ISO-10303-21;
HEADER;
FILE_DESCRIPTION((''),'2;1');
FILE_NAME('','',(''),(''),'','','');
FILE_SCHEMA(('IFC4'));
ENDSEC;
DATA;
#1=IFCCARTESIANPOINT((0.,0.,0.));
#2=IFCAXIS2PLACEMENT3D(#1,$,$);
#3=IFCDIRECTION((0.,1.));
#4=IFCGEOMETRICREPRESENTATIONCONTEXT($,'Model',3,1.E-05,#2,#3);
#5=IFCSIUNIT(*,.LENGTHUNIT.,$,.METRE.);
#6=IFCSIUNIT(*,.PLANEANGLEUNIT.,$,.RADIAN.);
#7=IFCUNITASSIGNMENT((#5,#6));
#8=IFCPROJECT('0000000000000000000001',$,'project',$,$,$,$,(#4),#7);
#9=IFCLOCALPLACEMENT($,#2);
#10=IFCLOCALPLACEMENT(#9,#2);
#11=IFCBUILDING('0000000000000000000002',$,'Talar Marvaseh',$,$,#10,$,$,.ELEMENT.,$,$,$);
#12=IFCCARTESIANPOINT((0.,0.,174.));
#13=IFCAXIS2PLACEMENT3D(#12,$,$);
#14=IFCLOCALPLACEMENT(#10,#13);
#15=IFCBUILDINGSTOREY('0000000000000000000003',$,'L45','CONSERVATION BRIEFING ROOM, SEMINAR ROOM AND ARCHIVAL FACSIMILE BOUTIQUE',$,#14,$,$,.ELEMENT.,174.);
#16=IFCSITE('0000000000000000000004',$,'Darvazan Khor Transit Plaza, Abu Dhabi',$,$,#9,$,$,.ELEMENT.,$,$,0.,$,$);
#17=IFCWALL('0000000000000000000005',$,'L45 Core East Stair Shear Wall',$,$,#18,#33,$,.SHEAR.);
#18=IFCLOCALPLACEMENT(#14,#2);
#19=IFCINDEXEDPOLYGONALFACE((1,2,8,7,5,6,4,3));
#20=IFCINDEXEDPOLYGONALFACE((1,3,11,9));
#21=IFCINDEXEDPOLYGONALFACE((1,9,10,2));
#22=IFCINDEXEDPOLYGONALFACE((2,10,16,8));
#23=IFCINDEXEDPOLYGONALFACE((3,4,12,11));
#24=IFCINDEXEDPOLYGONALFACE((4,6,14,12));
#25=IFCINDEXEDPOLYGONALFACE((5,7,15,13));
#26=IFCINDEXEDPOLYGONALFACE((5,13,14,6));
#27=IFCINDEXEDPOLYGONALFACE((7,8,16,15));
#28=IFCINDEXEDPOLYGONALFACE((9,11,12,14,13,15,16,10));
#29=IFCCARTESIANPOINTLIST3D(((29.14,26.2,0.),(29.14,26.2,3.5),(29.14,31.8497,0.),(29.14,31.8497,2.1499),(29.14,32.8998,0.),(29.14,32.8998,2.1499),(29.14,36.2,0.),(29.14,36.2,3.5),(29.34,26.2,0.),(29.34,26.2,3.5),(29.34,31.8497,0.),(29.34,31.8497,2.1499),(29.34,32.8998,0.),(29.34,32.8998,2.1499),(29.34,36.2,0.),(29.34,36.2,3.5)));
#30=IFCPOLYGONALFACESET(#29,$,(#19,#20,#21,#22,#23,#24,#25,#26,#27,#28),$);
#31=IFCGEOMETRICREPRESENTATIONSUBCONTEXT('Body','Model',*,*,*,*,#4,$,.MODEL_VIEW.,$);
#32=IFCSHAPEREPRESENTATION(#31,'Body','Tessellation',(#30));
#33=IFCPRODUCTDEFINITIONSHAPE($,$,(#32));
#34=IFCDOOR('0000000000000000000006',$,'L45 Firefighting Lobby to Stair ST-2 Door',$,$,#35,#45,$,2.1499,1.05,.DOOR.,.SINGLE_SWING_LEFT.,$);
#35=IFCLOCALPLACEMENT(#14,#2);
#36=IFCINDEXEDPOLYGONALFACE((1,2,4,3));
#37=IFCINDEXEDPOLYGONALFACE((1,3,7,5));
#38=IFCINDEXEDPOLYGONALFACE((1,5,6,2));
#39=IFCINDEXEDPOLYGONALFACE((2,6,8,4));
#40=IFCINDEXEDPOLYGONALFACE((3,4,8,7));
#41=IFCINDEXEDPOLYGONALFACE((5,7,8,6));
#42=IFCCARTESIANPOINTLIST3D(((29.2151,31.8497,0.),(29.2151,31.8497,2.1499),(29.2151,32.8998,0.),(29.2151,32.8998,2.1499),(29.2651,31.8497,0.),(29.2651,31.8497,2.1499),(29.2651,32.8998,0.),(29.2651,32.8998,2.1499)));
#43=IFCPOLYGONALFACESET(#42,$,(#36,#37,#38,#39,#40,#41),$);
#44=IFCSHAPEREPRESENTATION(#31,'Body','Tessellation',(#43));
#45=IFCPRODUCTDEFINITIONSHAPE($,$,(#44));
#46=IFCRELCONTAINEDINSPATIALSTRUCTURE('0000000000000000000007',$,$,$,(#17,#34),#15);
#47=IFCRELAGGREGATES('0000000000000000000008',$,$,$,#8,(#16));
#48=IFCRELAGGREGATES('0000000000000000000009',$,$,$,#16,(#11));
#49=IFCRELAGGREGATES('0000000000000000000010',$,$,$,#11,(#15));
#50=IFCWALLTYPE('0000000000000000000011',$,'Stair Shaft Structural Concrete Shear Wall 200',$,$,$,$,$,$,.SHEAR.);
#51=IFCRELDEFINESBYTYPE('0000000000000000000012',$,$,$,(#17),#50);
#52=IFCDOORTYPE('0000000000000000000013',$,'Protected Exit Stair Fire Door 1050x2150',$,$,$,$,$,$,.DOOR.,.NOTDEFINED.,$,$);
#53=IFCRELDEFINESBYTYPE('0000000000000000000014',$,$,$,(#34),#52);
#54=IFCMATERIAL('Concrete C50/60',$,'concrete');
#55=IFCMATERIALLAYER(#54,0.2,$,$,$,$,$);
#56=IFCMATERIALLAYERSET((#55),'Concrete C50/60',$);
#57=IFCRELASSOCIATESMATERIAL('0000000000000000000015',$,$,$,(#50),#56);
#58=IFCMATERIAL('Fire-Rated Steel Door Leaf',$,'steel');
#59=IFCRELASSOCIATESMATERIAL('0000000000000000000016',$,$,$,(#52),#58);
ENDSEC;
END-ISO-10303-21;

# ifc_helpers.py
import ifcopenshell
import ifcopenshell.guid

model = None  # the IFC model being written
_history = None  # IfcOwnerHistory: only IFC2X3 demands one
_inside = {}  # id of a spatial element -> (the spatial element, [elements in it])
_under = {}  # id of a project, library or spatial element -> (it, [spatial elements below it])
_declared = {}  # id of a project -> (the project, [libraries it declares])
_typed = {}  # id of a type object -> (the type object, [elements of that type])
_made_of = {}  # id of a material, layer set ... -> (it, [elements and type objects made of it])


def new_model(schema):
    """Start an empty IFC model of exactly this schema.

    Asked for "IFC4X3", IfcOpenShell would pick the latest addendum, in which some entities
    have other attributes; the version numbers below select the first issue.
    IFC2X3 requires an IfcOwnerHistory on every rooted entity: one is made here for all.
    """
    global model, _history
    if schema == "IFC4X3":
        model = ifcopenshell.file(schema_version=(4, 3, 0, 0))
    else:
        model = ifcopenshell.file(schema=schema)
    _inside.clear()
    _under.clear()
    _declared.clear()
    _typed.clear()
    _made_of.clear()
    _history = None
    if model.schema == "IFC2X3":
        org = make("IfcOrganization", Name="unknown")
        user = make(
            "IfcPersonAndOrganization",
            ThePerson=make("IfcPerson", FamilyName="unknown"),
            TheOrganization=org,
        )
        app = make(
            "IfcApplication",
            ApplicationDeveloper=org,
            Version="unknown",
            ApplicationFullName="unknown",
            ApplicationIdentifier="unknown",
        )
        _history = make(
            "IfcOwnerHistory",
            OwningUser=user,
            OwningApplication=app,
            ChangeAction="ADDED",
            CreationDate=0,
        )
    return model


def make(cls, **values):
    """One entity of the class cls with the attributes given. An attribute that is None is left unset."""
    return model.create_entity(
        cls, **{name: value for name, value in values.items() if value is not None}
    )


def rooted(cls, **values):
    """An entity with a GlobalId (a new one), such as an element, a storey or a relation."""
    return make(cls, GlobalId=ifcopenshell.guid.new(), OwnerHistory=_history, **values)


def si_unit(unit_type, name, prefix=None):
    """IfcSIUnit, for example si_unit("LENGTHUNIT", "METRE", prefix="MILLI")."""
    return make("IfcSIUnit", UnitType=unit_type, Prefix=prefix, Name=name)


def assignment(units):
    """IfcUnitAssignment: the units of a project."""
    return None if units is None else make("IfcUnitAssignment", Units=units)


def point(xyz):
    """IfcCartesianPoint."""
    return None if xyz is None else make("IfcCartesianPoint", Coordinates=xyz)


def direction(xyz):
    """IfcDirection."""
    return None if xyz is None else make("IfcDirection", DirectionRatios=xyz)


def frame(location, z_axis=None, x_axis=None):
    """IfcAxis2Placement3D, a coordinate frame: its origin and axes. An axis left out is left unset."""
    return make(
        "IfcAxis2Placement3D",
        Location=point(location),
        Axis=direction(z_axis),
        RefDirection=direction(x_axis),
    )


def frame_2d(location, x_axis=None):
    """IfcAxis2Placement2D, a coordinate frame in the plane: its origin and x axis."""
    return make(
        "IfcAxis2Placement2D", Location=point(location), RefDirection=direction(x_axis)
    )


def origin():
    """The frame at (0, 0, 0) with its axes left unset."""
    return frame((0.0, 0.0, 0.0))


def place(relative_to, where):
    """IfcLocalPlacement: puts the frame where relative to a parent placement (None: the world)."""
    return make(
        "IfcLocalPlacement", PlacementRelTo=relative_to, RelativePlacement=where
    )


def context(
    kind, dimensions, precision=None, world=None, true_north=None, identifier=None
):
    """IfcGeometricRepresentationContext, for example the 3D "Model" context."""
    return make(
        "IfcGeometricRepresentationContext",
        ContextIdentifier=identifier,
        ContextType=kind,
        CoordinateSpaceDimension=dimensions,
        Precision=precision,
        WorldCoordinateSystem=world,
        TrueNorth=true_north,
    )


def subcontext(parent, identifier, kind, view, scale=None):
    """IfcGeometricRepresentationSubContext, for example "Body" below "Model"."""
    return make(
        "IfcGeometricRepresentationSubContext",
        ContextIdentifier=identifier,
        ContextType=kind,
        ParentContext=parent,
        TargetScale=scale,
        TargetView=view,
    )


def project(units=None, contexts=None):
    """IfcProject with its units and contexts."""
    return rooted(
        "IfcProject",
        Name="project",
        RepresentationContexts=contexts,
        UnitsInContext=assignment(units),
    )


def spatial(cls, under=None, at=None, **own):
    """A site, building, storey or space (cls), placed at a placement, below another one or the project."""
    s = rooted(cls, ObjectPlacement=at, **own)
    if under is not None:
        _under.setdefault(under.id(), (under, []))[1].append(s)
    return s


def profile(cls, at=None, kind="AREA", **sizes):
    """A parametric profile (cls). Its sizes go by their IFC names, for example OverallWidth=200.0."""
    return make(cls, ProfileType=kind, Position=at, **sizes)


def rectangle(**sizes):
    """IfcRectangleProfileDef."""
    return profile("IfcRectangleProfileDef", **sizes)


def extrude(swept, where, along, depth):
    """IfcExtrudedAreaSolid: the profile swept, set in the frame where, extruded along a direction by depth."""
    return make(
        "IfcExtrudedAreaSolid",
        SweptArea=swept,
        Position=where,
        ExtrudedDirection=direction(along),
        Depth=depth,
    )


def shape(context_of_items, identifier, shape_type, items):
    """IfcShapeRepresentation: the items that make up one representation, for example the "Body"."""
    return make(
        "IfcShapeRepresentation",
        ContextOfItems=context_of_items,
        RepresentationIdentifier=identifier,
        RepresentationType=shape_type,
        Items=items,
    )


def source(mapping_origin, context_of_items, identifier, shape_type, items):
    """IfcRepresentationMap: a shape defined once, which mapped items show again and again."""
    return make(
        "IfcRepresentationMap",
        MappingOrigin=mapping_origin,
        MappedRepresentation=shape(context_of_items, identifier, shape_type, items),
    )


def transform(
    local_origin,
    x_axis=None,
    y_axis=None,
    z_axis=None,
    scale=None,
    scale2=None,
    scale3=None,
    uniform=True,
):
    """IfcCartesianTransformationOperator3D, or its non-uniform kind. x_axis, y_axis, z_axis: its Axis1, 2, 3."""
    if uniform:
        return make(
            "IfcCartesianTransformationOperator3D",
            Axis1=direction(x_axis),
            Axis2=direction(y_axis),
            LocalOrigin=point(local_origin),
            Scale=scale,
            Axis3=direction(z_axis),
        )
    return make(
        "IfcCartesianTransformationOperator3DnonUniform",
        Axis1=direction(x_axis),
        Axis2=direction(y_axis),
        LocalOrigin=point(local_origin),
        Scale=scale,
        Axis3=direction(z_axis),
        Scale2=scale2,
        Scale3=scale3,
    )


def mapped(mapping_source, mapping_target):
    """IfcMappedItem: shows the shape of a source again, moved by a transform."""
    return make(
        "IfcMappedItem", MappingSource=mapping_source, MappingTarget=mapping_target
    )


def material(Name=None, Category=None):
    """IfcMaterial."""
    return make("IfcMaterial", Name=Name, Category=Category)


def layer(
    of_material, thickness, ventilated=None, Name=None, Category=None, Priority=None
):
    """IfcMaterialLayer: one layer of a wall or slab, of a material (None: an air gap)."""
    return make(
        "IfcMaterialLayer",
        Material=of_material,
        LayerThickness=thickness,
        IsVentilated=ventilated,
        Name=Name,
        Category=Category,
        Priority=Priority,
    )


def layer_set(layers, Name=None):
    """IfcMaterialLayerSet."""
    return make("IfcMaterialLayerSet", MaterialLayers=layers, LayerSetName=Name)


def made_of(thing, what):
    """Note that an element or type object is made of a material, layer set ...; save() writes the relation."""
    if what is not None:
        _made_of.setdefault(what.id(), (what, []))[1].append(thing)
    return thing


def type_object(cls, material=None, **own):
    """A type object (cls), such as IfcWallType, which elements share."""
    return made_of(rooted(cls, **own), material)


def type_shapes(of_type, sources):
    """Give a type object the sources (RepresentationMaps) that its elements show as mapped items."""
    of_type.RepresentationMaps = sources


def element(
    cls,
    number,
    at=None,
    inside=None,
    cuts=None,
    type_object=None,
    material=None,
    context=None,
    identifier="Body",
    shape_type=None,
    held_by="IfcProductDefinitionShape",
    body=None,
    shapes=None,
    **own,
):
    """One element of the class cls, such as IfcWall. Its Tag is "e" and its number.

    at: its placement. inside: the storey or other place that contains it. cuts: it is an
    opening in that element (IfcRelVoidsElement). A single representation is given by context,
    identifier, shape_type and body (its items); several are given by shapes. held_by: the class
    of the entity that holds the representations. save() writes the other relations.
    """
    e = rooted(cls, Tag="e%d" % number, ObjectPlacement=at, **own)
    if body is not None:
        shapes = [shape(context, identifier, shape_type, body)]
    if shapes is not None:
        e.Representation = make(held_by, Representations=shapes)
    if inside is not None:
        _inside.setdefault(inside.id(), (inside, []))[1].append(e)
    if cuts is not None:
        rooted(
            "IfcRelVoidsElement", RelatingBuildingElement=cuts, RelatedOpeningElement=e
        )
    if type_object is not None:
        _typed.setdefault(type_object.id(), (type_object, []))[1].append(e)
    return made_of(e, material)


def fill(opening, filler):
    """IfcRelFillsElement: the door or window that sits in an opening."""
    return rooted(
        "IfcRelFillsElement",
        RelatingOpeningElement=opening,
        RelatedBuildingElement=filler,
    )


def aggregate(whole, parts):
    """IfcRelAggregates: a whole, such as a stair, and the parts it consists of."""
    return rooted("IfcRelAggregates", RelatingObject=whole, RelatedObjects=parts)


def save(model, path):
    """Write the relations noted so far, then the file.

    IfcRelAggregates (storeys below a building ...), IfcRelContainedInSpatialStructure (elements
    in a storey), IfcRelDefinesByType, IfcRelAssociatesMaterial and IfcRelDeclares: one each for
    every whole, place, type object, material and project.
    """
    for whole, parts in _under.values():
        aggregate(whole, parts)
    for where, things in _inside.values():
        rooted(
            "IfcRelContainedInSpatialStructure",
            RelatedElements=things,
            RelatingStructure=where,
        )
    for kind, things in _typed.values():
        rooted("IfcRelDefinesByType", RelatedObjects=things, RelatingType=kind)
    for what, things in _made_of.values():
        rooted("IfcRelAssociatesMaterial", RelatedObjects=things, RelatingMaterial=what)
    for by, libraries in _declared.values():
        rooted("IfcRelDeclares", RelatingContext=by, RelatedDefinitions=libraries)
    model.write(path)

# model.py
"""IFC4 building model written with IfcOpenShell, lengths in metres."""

from ifc_helpers import new_model, si_unit, direction, frame, frame_2d, origin, place, context, subcontext, project, spatial, rectangle, extrude, source, transform, mapped, material, layer, layer_set, type_object, type_shapes, element, fill, save


model = new_model("IFC4")

# Units and contexts
model_context = context("Model", 3, precision=1e-05, world=origin(), true_north=direction((0.0, 1.0)))
body_context = subcontext(model_context, "Body", "Model", "MODEL_VIEW")
ifc_project = project(units=[si_unit("LENGTHUNIT", "METRE"), si_unit("PLANEANGLEUNIT", "RADIAN")], contexts=[model_context])

# Site, building, storey
site_placement = place(None, origin())
site = spatial("IfcSite", under=ifc_project, at=site_placement, Name="Darvazan Khor Transit Plaza, Abu Dhabi", CompositionType="ELEMENT", RefElevation=0.0)
building_placement = place(site_placement, origin())
building = spatial("IfcBuilding", under=site, at=building_placement, Name="Talar Marvaseh", CompositionType="ELEMENT")
storey_placement = place(building_placement, frame((0.0, 0.0, 174.0)))
storey = spatial("IfcBuildingStorey", under=building, at=storey_placement, Name="L45", Description="CONSERVATION BRIEFING ROOM, SEMINAR ROOM AND ARCHIVAL FACSIMILE BOUTIQUE", CompositionType="ELEMENT", Elevation=174.0)

# Shared definitions
ifc_material_1 = material(Name="Concrete C50/60", Category="concrete")
ifc_layer_1 = layer(ifc_material_1, 0.2)
ifc_layer_set_1 = layer_set([ifc_layer_1], Name="Concrete C50/60")
wall_type_1 = type_object("IfcWallType", Name="Stair Shaft Structural Concrete Shear Wall 200", PredefinedType="SHEAR", material=ifc_layer_set_1)

# Wall, opening, door
wall_1_placement = place(storey_placement, frame((29.24, 26.2, 0.0), z_axis=(0.0, 0.0, 1.0), x_axis=(0.0, 1.0, 0.0)))
wall_1 = element("IfcWall", 1, at=wall_1_placement, inside=storey, type_object=wall_type_1, Name="L45 Core East Stair Shear Wall", PredefinedType="SHEAR", context=body_context, shape_type="SweptSolid", body=[
    extrude(rectangle(XDim=10.0, YDim=0.2, at=frame_2d((5.0, 0.0))), origin(), (0.0, 0.0, 1.0), 3.5),
])
opening_placement = place(wall_1_placement, frame((5.6499, 0.0, 0.0)))
opening = element("IfcOpeningElement", 2, at=opening_placement, cuts=wall_1, PredefinedType="OPENING", context=body_context, shape_type="SweptSolid", body=[
    extrude(rectangle(XDim=1.05, YDim=2.1499, at=frame_2d((0.5249, 1.075))), frame((0.0, 0.1099, 0.0), z_axis=(0.0, -1.0, 0.0), x_axis=(1.0, 0.0, 0.0)), (0.0, 0.0, 1.0), 0.22),
])
ifc_material_2 = material(Name="Fire-Rated Steel Door Leaf", Category="steel")
door_type = type_object("IfcDoorType", Name="Protected Exit Stair Fire Door 1050x2150", OperationType="NOTDEFINED", PredefinedType="DOOR", material=ifc_material_2)
shared_shape_1 = source(origin(), body_context, "Body", "SweptSolid", [
    extrude(rectangle(XDim=1.05, YDim=2.1499, at=frame_2d((0.5249, 1.075))), frame((0.0, 0.0249, 0.0), z_axis=(0.0, -1.0, 0.0), x_axis=(1.0, 0.0, 0.0)), (0.0, 0.0, 1.0), 0.05),
])
type_shapes(door_type, [shared_shape_1])
door_placement = place(opening_placement, origin())
door = element("IfcDoor", 3, at=door_placement, inside=storey, type_object=door_type, Name="L45 Firefighting Lobby to Stair ST-2 Door", OperationType="SINGLE_SWING_LEFT", OverallHeight=2.1499, OverallWidth=1.05, PredefinedType="DOOR", context=body_context, shape_type="MappedRepresentation", body=[
    mapped(shared_shape_1, transform((0.0, 0.0, 0.0), x_axis=(1.0, 0.0, 0.0), y_axis=(0.0, 1.0, 0.0), z_axis=(0.0, 0.0, 1.0), scale=1.0)),
])
fill(opening, door)

save(model, "model.ifc")
